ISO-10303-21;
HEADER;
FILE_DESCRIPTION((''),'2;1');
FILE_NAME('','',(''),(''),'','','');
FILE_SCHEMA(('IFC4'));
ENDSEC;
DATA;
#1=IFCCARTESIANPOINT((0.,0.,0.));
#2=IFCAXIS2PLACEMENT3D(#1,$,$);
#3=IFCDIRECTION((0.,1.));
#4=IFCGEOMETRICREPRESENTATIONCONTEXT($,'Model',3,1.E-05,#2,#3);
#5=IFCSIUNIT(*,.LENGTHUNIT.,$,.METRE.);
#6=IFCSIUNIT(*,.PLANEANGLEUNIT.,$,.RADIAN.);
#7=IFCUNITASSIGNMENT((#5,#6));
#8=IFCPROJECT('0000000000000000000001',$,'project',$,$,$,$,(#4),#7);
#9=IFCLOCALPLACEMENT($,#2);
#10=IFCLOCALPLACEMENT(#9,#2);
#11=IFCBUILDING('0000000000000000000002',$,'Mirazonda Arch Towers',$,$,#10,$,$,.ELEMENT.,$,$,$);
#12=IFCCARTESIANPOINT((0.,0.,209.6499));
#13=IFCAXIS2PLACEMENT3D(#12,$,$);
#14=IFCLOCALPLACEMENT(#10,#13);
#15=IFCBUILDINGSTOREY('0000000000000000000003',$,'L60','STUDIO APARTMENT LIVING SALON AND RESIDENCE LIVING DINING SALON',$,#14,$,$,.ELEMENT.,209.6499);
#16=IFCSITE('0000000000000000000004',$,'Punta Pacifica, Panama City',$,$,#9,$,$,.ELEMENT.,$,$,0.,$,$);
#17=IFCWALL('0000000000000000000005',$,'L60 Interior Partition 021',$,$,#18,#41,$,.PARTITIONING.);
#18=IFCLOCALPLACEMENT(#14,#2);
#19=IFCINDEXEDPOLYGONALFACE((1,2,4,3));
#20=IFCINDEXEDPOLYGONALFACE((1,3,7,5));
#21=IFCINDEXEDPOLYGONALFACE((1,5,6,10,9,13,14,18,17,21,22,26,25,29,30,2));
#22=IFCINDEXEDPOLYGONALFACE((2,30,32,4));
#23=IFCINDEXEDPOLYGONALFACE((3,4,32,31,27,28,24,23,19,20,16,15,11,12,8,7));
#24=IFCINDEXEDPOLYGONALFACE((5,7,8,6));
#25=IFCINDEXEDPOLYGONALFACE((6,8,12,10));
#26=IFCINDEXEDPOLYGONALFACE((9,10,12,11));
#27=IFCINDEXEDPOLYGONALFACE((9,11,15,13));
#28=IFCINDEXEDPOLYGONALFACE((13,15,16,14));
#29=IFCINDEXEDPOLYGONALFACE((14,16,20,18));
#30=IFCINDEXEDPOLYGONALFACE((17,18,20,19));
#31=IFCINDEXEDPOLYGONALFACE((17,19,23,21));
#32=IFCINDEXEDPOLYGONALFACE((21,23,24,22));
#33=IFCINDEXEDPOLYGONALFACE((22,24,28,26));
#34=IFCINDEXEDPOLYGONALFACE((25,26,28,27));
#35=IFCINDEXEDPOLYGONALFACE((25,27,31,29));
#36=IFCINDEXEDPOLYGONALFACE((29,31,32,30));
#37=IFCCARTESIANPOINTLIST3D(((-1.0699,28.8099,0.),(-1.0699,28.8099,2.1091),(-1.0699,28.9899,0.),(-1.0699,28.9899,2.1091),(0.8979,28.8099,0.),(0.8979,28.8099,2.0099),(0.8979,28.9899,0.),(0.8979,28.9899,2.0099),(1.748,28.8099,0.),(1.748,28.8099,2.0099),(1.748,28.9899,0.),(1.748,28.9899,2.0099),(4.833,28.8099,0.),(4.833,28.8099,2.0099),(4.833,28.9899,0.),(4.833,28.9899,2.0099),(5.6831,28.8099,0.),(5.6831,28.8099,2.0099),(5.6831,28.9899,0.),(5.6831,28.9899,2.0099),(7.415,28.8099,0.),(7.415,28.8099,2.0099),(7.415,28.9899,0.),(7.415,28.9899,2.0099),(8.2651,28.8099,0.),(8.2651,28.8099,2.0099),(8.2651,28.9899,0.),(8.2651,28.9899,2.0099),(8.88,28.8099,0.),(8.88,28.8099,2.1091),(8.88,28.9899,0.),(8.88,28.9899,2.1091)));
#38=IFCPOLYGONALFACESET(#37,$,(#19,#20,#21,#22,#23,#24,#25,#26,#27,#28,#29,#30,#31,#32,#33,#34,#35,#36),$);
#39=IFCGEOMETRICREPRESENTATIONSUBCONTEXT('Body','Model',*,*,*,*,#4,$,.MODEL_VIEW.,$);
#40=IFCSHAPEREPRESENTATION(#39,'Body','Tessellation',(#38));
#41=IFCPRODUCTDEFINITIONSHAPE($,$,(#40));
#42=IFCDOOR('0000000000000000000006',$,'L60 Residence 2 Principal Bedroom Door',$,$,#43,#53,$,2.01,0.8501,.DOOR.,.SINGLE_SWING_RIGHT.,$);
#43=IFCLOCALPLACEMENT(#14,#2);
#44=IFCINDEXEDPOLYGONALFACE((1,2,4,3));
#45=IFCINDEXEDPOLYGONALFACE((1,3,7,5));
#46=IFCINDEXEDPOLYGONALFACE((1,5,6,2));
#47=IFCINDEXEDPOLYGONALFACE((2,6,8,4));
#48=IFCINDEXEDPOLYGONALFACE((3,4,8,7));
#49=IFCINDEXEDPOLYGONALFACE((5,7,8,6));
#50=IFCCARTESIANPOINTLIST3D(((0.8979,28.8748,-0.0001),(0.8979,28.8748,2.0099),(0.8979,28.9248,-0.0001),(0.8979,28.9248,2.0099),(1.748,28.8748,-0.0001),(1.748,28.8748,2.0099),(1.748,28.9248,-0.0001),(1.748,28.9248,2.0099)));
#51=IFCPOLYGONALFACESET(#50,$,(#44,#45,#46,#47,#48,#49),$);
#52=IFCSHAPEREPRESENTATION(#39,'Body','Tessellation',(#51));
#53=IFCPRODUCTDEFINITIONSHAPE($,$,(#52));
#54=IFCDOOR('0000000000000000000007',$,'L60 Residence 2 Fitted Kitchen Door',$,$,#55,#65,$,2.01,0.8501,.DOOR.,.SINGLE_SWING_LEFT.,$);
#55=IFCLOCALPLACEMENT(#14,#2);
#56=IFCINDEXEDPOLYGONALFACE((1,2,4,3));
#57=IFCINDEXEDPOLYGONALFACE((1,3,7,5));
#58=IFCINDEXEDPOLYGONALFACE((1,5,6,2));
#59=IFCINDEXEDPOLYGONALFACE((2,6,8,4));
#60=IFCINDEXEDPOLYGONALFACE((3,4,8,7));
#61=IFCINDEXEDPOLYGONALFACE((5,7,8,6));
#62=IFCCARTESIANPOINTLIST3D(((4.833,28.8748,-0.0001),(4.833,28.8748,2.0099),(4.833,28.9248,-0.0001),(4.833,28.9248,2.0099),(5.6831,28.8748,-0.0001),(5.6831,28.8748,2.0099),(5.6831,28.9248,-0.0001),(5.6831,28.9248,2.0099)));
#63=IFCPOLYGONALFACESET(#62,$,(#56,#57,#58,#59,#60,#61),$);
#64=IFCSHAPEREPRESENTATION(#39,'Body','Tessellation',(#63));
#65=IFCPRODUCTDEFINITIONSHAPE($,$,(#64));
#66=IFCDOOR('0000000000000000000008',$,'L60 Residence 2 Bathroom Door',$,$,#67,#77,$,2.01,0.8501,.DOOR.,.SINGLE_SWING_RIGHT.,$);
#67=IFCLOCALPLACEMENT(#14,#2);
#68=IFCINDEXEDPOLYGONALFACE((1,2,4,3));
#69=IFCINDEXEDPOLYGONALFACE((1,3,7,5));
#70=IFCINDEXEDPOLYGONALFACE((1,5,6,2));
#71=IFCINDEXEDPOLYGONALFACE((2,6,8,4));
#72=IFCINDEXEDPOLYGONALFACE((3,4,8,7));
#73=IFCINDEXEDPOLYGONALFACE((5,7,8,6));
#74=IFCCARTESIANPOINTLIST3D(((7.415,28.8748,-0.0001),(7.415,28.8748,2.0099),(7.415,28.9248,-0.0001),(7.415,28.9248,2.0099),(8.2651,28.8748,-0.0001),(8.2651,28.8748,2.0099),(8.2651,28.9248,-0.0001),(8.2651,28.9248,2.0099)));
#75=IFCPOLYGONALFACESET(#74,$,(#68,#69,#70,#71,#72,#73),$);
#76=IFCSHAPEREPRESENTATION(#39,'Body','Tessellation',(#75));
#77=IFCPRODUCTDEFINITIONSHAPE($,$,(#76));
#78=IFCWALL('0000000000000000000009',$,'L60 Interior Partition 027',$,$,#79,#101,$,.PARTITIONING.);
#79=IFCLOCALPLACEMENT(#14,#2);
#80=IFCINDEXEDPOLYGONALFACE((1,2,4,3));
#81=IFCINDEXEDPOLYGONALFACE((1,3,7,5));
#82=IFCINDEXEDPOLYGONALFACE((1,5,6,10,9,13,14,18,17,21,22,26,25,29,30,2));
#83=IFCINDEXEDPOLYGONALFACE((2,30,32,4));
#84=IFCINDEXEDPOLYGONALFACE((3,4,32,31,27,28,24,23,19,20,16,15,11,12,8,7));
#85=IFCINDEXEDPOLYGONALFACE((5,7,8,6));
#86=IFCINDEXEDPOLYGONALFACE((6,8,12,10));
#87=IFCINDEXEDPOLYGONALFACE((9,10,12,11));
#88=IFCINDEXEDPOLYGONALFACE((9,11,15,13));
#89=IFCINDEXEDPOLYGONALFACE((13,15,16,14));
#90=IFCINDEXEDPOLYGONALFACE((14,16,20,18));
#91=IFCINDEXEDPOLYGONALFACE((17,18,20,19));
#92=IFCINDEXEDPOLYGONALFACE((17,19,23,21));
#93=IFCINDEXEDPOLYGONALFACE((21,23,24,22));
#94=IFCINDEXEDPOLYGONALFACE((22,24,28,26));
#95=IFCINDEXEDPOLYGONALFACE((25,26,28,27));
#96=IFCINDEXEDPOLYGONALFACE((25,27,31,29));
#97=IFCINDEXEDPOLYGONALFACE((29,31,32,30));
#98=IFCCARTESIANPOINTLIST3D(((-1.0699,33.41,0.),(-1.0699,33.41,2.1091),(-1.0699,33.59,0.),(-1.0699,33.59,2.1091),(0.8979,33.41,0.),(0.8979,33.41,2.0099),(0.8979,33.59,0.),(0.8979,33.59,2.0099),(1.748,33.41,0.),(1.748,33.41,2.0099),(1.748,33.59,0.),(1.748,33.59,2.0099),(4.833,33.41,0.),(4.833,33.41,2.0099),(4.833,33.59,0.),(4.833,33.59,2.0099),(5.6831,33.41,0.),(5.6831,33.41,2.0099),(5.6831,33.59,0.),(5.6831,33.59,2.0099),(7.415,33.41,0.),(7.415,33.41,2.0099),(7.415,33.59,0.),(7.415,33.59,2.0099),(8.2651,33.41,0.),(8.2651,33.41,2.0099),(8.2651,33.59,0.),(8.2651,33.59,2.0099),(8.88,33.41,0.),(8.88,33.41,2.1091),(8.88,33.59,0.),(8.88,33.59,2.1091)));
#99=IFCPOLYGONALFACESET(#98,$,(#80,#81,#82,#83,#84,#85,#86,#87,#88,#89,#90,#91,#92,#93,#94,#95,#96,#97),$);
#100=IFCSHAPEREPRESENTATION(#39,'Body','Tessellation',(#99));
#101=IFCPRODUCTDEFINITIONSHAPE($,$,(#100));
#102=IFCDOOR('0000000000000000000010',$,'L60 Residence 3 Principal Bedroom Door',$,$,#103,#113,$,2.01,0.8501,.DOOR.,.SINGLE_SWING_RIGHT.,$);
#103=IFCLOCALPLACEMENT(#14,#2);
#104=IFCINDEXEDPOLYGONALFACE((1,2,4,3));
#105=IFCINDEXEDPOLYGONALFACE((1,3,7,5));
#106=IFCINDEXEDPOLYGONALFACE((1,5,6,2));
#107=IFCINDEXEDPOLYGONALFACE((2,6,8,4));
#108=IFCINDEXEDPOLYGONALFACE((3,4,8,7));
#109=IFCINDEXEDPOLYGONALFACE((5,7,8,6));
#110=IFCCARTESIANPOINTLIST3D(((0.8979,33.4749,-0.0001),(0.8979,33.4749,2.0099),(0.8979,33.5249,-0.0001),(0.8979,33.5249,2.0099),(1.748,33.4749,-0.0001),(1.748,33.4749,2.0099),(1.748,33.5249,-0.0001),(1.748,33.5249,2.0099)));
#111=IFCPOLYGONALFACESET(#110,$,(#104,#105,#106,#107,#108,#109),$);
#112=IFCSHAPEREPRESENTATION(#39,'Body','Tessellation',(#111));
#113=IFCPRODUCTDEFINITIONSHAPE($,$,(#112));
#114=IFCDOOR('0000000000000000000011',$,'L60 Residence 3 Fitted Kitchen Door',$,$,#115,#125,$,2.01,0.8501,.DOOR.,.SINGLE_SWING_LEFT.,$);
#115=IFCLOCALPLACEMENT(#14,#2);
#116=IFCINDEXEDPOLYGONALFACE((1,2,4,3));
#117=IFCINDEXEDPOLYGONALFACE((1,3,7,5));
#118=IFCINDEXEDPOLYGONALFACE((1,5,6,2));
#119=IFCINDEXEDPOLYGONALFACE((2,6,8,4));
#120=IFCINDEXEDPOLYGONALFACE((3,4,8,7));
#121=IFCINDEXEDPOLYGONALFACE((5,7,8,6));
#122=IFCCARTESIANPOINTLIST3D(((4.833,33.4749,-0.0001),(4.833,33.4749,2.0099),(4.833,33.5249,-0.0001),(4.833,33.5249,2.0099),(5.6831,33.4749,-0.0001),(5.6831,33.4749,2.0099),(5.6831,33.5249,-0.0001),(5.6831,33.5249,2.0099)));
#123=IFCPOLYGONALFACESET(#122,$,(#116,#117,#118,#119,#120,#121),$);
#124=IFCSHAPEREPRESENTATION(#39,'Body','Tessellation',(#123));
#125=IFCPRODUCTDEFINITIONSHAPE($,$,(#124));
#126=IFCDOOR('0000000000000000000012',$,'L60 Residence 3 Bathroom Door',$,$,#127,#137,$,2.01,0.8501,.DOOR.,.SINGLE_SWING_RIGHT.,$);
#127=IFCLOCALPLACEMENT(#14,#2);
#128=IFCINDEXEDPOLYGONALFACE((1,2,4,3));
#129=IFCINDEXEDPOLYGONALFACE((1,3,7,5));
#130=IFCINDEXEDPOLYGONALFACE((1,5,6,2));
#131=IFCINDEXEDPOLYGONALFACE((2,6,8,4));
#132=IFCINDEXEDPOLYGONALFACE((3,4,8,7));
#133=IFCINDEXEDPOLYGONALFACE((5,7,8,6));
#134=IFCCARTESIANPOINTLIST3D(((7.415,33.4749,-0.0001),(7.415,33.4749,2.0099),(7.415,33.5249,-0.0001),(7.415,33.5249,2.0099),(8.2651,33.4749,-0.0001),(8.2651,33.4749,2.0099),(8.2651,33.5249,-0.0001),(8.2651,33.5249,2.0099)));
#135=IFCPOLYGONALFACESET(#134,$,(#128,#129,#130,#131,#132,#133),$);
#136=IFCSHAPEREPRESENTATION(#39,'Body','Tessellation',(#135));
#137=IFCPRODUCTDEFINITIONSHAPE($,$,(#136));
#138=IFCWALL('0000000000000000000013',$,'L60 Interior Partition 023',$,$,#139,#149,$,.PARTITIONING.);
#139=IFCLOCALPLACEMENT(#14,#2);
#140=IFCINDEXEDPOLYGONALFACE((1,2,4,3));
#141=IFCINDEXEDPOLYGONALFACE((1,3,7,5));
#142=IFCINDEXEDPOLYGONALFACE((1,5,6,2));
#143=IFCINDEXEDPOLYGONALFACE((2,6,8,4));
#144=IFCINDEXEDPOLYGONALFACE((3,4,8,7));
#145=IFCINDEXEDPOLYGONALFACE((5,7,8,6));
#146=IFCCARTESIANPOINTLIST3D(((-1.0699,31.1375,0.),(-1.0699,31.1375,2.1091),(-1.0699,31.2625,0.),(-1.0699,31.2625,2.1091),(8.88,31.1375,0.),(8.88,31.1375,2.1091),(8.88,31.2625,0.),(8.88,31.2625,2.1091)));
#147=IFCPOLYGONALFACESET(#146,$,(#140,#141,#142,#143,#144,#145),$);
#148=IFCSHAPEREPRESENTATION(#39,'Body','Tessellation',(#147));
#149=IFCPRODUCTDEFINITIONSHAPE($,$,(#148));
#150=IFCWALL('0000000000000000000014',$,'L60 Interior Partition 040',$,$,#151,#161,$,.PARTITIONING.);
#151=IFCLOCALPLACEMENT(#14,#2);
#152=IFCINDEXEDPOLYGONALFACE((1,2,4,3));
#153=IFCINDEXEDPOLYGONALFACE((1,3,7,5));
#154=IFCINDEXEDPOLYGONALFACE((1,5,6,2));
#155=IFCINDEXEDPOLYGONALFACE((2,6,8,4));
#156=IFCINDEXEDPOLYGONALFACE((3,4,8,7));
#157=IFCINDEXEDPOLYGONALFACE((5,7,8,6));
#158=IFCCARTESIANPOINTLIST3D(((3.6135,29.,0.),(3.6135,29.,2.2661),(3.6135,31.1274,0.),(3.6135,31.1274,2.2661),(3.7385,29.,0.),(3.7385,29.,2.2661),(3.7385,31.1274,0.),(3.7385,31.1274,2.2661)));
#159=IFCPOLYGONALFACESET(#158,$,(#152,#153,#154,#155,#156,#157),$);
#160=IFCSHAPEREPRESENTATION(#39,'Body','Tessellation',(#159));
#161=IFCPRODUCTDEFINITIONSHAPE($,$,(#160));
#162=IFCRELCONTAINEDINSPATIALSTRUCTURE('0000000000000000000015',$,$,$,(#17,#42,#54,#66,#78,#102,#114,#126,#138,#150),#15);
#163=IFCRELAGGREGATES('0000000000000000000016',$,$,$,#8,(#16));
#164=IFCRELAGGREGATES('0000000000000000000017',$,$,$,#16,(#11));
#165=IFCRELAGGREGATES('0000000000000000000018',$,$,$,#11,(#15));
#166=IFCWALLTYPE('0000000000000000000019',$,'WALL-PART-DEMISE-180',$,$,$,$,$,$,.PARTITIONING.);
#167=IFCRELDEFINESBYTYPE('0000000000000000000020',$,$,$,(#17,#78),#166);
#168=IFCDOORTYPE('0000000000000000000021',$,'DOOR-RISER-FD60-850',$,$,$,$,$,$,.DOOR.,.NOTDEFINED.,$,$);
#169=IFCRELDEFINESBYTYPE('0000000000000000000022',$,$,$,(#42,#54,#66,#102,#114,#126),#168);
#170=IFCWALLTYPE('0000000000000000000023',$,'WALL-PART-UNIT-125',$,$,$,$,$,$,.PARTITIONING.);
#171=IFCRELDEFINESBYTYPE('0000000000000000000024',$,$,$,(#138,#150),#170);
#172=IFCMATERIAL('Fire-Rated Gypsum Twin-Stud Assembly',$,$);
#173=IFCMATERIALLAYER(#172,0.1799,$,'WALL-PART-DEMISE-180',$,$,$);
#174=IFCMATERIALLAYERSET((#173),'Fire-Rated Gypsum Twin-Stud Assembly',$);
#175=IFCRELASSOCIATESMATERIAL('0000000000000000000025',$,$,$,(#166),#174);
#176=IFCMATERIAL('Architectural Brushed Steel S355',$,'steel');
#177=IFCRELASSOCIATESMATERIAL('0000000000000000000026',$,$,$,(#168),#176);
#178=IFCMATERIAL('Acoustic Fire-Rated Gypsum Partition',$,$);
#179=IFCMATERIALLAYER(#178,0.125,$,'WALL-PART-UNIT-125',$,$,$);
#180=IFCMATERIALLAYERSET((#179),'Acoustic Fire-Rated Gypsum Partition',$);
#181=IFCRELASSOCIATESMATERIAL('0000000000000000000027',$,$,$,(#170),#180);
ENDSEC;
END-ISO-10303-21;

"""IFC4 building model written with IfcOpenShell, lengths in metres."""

from ifc_helpers import new_model, si_unit, direction, frame, frame_2d, origin, place, context, subcontext, project, spatial, rectangle, extrude, material, layer, layer_set, type_object, element, fill, save


model = new_model("IFC4")

# Units and contexts
model_context = context("Model", 3, precision=1e-05, world=origin(), true_north=direction((0.0, 1.0)))
body_context = subcontext(model_context, "Body", "Model", "MODEL_VIEW")
ifc_project = project(units=[si_unit("LENGTHUNIT", "METRE"), si_unit("PLANEANGLEUNIT", "RADIAN")], contexts=[model_context])

# Site, building, storey
site_placement = place(None, origin())
site = spatial("IfcSite", under=ifc_project, at=site_placement, Name="Punta Pacifica, Panama City", CompositionType="ELEMENT", RefElevation=0.0)
building_placement = place(site_placement, origin())
building = spatial("IfcBuilding", under=site, at=building_placement, Name="Mirazonda Arch Towers", CompositionType="ELEMENT")
storey_placement = place(building_placement, frame((0.0, 0.0, 209.6499)))
storey = spatial("IfcBuildingStorey", under=building, at=storey_placement, Name="L60", Description="STUDIO APARTMENT LIVING SALON AND RESIDENCE LIVING DINING SALON", CompositionType="ELEMENT", Elevation=209.6499)

# Walls, openings, doors
ifc_material_1 = material(Name="Fire-Rated Gypsum Twin-Stud Assembly")
ifc_layer_1 = layer(ifc_material_1, 0.1799, Name="WALL-PART-DEMISE-180")
ifc_layer_set_1 = layer_set([ifc_layer_1], Name="Fire-Rated Gypsum Twin-Stud Assembly")
wall_type_1 = type_object("IfcWallType", Name="WALL-PART-DEMISE-180", PredefinedType="PARTITIONING", material=ifc_layer_set_1)
wall_1_placement = place(storey_placement, frame((-1.0701, 28.8999, 0.0), z_axis=(0.0, 0.0, 1.0), x_axis=(1.0, 0.0, 0.0)))
wall_1 = element("IfcWall", 1, at=wall_1_placement, inside=storey, type_object=wall_type_1, Name="L60 Interior Partition 021", PredefinedType="PARTITIONING", context=body_context, shape_type="SweptSolid", body=[
    extrude(rectangle(XDim=9.95, YDim=0.1799, at=frame_2d((4.9751, 0.0))), origin(), (0.0, 0.0, 1.0), 2.1091),
])
opening_1_placement = place(wall_1_placement, frame((1.968, 0.0, 0.0)))
opening_1 = element("IfcOpeningElement", 2, at=opening_1_placement, cuts=wall_1, PredefinedType="OPENING", context=body_context, shape_type="SweptSolid", body=[
    extrude(rectangle(XDim=0.8501, YDim=2.01, at=frame_2d((0.425, 1.0049))), frame((0.0, 0.0999, 0.0), z_axis=(0.0, -1.0, 0.0), x_axis=(1.0, 0.0, 0.0)), (0.0, 0.0, 1.0), 0.2),
])
opening_2_placement = place(wall_1_placement, frame((5.9031, 0.0, 0.0)))
opening_2 = element("IfcOpeningElement", 3, at=opening_2_placement, cuts=wall_1, PredefinedType="OPENING", context=body_context, shape_type="SweptSolid", body=[
    extrude(rectangle(XDim=0.8501, YDim=2.01, at=frame_2d((0.425, 1.0049))), frame((0.0, 0.0999, 0.0), z_axis=(0.0, -1.0, 0.0), x_axis=(1.0, 0.0, 0.0)), (0.0, 0.0, 1.0), 0.2),
])
opening_3_placement = place(wall_1_placement, frame((8.4851, 0.0, 0.0)))
opening_3 = element("IfcOpeningElement", 4, at=opening_3_placement, cuts=wall_1, PredefinedType="OPENING", context=body_context, shape_type="SweptSolid", body=[
    extrude(rectangle(XDim=0.8501, YDim=2.01, at=frame_2d((0.425, 1.0049))), frame((0.0, 0.0999, 0.0), z_axis=(0.0, -1.0, 0.0), x_axis=(1.0, 0.0, 0.0)), (0.0, 0.0, 1.0), 0.2),
])
ifc_material_2 = material(Name="Architectural Brushed Steel S355", Category="steel")
door_type = type_object("IfcDoorType", Name="DOOR-RISER-FD60-850", OperationType="NOTDEFINED", PredefinedType="DOOR", material=ifc_material_2)
door_1_placement = place(opening_1_placement, origin())
door_1 = element("IfcDoor", 5, at=door_1_placement, inside=storey, type_object=door_type, Name="L60 Residence 2 Principal Bedroom Door", OperationType="SINGLE_SWING_RIGHT", OverallHeight=2.01, OverallWidth=0.8501, PredefinedType="DOOR", context=body_context, shape_type="SweptSolid", body=[
    extrude(rectangle(XDim=0.8501, YDim=2.01, at=frame_2d((0.425, 1.0049))), frame((0.0, 0.0249, 0.0), z_axis=(0.0, -1.0, 0.0), x_axis=(1.0, 0.0, 0.0)), (0.0, 0.0, 1.0), 0.05),
])
fill(opening_1, door_1)
door_2_placement = place(opening_2_placement, origin())
door_2 = element("IfcDoor", 6, at=door_2_placement, inside=storey, type_object=door_type, Name="L60 Residence 2 Fitted Kitchen Door", OperationType="SINGLE_SWING_LEFT", OverallHeight=2.01, OverallWidth=0.8501, PredefinedType="DOOR", context=body_context, shape_type="SweptSolid", body=[
    extrude(rectangle(XDim=0.8501, YDim=2.01, at=frame_2d((0.425, 1.0049))), frame((0.0, 0.0249, 0.0), z_axis=(0.0, -1.0, 0.0), x_axis=(1.0, 0.0, 0.0)), (0.0, 0.0, 1.0), 0.05),
])
fill(opening_2, door_2)
door_3_placement = place(opening_3_placement, origin())
door_3 = element("IfcDoor", 7, at=door_3_placement, inside=storey, type_object=door_type, Name="L60 Residence 2 Bathroom Door", OperationType="SINGLE_SWING_RIGHT", OverallHeight=2.01, OverallWidth=0.8501, PredefinedType="DOOR", context=body_context, shape_type="SweptSolid", body=[
    extrude(rectangle(XDim=0.8501, YDim=2.01, at=frame_2d((0.425, 1.0049))), frame((0.0, 0.0249, 0.0), z_axis=(0.0, -1.0, 0.0), x_axis=(1.0, 0.0, 0.0)), (0.0, 0.0, 1.0), 0.05),
])
fill(opening_3, door_3)
wall_2_placement = place(storey_placement, frame((-1.0701, 33.5, 0.0), z_axis=(0.0, 0.0, 1.0), x_axis=(1.0, 0.0, 0.0)))
wall_2 = element("IfcWall", 8, at=wall_2_placement, inside=storey, type_object=wall_type_1, Name="L60 Interior Partition 027", PredefinedType="PARTITIONING", context=body_context, shape_type="SweptSolid", body=[
    extrude(rectangle(XDim=9.95, YDim=0.1799, at=frame_2d((4.9751, 0.0))), origin(), (0.0, 0.0, 1.0), 2.1091),
])
opening_4_placement = place(wall_2_placement, frame((1.968, 0.0, 0.0)))
opening_4 = element("IfcOpeningElement", 9, at=opening_4_placement, cuts=wall_2, PredefinedType="OPENING", context=body_context, shape_type="SweptSolid", body=[
    extrude(rectangle(XDim=0.8501, YDim=2.01, at=frame_2d((0.425, 1.0049))), frame((0.0, 0.0999, 0.0), z_axis=(0.0, -1.0, 0.0), x_axis=(1.0, 0.0, 0.0)), (0.0, 0.0, 1.0), 0.2),
])
opening_5_placement = place(wall_2_placement, frame((5.9031, 0.0, 0.0)))
opening_5 = element("IfcOpeningElement", 10, at=opening_5_placement, cuts=wall_2, PredefinedType="OPENING", context=body_context, shape_type="SweptSolid", body=[
    extrude(rectangle(XDim=0.8501, YDim=2.01, at=frame_2d((0.425, 1.0049))), frame((0.0, 0.0999, 0.0), z_axis=(0.0, -1.0, 0.0), x_axis=(1.0, 0.0, 0.0)), (0.0, 0.0, 1.0), 0.2),
])
opening_6_placement = place(wall_2_placement, frame((8.4851, 0.0, 0.0)))
opening_6 = element("IfcOpeningElement", 11, at=opening_6_placement, cuts=wall_2, PredefinedType="OPENING", context=body_context, shape_type="SweptSolid", body=[
    extrude(rectangle(XDim=0.8501, YDim=2.01, at=frame_2d((0.425, 1.0049))), frame((0.0, 0.0999, 0.0), z_axis=(0.0, -1.0, 0.0), x_axis=(1.0, 0.0, 0.0)), (0.0, 0.0, 1.0), 0.2),
])
door_4_placement = place(opening_4_placement, origin())
door_4 = element("IfcDoor", 12, at=door_4_placement, inside=storey, type_object=door_type, Name="L60 Residence 3 Principal Bedroom Door", OperationType="SINGLE_SWING_RIGHT", OverallHeight=2.01, OverallWidth=0.8501, PredefinedType="DOOR", context=body_context, shape_type="SweptSolid", body=[
    extrude(rectangle(XDim=0.8501, YDim=2.01, at=frame_2d((0.425, 1.0049))), frame((0.0, 0.0249, 0.0), z_axis=(0.0, -1.0, 0.0), x_axis=(1.0, 0.0, 0.0)), (0.0, 0.0, 1.0), 0.05),
])
fill(opening_4, door_4)
door_5_placement = place(opening_5_placement, origin())
door_5 = element("IfcDoor", 13, at=door_5_placement, inside=storey, type_object=door_type, Name="L60 Residence 3 Fitted Kitchen Door", OperationType="SINGLE_SWING_LEFT", OverallHeight=2.01, OverallWidth=0.8501, PredefinedType="DOOR", context=body_context, shape_type="SweptSolid", body=[
    extrude(rectangle(XDim=0.8501, YDim=2.01, at=frame_2d((0.425, 1.0049))), frame((0.0, 0.0249, 0.0), z_axis=(0.0, -1.0, 0.0), x_axis=(1.0, 0.0, 0.0)), (0.0, 0.0, 1.0), 0.05),
])
fill(opening_5, door_5)
door_6_placement = place(opening_6_placement, origin())
door_6 = element("IfcDoor", 14, at=door_6_placement, inside=storey, type_object=door_type, Name="L60 Residence 3 Bathroom Door", OperationType="SINGLE_SWING_RIGHT", OverallHeight=2.01, OverallWidth=0.8501, PredefinedType="DOOR", context=body_context, shape_type="SweptSolid", body=[
    extrude(rectangle(XDim=0.8501, YDim=2.01, at=frame_2d((0.425, 1.0049))), frame((0.0, 0.0249, 0.0), z_axis=(0.0, -1.0, 0.0), x_axis=(1.0, 0.0, 0.0)), (0.0, 0.0, 1.0), 0.05),
])
fill(opening_6, door_6)

# Walls
ifc_material_3 = material(Name="Acoustic Fire-Rated Gypsum Partition")
ifc_layer_2 = layer(ifc_material_3, 0.125, Name="WALL-PART-UNIT-125")
ifc_layer_set_2 = layer_set([ifc_layer_2], Name="Acoustic Fire-Rated Gypsum Partition")
wall_type_2 = type_object("IfcWallType", Name="WALL-PART-UNIT-125", PredefinedType="PARTITIONING", material=ifc_layer_set_2)
wall_3_placement = place(storey_placement, frame((-1.0701, 31.2, 0.0), z_axis=(0.0, 0.0, 1.0), x_axis=(1.0, 0.0, 0.0)))
element("IfcWall", 15, at=wall_3_placement, inside=storey, type_object=wall_type_2, Name="L60 Interior Partition 023", PredefinedType="PARTITIONING", context=body_context, shape_type="SweptSolid", body=[
    extrude(rectangle(XDim=9.95, YDim=0.125, at=frame_2d((4.9751, 0.0))), origin(), (0.0, 0.0, 1.0), 2.1091),
])
wall_4_placement = place(storey_placement, frame((3.676, 29.0, 0.0), z_axis=(0.0, 0.0, 1.0), x_axis=(0.0, 1.0, 0.0)))
element("IfcWall", 16, at=wall_4_placement, inside=storey, type_object=wall_type_2, Name="L60 Interior Partition 040", PredefinedType="PARTITIONING", context=body_context, shape_type="SweptSolid", body=[
    extrude(rectangle(XDim=2.1274, YDim=0.125, at=frame_2d((1.0637, 0.0))), origin(), (0.0, 0.0, 1.0), 2.2661),
])

save(model, "model.ifc")
